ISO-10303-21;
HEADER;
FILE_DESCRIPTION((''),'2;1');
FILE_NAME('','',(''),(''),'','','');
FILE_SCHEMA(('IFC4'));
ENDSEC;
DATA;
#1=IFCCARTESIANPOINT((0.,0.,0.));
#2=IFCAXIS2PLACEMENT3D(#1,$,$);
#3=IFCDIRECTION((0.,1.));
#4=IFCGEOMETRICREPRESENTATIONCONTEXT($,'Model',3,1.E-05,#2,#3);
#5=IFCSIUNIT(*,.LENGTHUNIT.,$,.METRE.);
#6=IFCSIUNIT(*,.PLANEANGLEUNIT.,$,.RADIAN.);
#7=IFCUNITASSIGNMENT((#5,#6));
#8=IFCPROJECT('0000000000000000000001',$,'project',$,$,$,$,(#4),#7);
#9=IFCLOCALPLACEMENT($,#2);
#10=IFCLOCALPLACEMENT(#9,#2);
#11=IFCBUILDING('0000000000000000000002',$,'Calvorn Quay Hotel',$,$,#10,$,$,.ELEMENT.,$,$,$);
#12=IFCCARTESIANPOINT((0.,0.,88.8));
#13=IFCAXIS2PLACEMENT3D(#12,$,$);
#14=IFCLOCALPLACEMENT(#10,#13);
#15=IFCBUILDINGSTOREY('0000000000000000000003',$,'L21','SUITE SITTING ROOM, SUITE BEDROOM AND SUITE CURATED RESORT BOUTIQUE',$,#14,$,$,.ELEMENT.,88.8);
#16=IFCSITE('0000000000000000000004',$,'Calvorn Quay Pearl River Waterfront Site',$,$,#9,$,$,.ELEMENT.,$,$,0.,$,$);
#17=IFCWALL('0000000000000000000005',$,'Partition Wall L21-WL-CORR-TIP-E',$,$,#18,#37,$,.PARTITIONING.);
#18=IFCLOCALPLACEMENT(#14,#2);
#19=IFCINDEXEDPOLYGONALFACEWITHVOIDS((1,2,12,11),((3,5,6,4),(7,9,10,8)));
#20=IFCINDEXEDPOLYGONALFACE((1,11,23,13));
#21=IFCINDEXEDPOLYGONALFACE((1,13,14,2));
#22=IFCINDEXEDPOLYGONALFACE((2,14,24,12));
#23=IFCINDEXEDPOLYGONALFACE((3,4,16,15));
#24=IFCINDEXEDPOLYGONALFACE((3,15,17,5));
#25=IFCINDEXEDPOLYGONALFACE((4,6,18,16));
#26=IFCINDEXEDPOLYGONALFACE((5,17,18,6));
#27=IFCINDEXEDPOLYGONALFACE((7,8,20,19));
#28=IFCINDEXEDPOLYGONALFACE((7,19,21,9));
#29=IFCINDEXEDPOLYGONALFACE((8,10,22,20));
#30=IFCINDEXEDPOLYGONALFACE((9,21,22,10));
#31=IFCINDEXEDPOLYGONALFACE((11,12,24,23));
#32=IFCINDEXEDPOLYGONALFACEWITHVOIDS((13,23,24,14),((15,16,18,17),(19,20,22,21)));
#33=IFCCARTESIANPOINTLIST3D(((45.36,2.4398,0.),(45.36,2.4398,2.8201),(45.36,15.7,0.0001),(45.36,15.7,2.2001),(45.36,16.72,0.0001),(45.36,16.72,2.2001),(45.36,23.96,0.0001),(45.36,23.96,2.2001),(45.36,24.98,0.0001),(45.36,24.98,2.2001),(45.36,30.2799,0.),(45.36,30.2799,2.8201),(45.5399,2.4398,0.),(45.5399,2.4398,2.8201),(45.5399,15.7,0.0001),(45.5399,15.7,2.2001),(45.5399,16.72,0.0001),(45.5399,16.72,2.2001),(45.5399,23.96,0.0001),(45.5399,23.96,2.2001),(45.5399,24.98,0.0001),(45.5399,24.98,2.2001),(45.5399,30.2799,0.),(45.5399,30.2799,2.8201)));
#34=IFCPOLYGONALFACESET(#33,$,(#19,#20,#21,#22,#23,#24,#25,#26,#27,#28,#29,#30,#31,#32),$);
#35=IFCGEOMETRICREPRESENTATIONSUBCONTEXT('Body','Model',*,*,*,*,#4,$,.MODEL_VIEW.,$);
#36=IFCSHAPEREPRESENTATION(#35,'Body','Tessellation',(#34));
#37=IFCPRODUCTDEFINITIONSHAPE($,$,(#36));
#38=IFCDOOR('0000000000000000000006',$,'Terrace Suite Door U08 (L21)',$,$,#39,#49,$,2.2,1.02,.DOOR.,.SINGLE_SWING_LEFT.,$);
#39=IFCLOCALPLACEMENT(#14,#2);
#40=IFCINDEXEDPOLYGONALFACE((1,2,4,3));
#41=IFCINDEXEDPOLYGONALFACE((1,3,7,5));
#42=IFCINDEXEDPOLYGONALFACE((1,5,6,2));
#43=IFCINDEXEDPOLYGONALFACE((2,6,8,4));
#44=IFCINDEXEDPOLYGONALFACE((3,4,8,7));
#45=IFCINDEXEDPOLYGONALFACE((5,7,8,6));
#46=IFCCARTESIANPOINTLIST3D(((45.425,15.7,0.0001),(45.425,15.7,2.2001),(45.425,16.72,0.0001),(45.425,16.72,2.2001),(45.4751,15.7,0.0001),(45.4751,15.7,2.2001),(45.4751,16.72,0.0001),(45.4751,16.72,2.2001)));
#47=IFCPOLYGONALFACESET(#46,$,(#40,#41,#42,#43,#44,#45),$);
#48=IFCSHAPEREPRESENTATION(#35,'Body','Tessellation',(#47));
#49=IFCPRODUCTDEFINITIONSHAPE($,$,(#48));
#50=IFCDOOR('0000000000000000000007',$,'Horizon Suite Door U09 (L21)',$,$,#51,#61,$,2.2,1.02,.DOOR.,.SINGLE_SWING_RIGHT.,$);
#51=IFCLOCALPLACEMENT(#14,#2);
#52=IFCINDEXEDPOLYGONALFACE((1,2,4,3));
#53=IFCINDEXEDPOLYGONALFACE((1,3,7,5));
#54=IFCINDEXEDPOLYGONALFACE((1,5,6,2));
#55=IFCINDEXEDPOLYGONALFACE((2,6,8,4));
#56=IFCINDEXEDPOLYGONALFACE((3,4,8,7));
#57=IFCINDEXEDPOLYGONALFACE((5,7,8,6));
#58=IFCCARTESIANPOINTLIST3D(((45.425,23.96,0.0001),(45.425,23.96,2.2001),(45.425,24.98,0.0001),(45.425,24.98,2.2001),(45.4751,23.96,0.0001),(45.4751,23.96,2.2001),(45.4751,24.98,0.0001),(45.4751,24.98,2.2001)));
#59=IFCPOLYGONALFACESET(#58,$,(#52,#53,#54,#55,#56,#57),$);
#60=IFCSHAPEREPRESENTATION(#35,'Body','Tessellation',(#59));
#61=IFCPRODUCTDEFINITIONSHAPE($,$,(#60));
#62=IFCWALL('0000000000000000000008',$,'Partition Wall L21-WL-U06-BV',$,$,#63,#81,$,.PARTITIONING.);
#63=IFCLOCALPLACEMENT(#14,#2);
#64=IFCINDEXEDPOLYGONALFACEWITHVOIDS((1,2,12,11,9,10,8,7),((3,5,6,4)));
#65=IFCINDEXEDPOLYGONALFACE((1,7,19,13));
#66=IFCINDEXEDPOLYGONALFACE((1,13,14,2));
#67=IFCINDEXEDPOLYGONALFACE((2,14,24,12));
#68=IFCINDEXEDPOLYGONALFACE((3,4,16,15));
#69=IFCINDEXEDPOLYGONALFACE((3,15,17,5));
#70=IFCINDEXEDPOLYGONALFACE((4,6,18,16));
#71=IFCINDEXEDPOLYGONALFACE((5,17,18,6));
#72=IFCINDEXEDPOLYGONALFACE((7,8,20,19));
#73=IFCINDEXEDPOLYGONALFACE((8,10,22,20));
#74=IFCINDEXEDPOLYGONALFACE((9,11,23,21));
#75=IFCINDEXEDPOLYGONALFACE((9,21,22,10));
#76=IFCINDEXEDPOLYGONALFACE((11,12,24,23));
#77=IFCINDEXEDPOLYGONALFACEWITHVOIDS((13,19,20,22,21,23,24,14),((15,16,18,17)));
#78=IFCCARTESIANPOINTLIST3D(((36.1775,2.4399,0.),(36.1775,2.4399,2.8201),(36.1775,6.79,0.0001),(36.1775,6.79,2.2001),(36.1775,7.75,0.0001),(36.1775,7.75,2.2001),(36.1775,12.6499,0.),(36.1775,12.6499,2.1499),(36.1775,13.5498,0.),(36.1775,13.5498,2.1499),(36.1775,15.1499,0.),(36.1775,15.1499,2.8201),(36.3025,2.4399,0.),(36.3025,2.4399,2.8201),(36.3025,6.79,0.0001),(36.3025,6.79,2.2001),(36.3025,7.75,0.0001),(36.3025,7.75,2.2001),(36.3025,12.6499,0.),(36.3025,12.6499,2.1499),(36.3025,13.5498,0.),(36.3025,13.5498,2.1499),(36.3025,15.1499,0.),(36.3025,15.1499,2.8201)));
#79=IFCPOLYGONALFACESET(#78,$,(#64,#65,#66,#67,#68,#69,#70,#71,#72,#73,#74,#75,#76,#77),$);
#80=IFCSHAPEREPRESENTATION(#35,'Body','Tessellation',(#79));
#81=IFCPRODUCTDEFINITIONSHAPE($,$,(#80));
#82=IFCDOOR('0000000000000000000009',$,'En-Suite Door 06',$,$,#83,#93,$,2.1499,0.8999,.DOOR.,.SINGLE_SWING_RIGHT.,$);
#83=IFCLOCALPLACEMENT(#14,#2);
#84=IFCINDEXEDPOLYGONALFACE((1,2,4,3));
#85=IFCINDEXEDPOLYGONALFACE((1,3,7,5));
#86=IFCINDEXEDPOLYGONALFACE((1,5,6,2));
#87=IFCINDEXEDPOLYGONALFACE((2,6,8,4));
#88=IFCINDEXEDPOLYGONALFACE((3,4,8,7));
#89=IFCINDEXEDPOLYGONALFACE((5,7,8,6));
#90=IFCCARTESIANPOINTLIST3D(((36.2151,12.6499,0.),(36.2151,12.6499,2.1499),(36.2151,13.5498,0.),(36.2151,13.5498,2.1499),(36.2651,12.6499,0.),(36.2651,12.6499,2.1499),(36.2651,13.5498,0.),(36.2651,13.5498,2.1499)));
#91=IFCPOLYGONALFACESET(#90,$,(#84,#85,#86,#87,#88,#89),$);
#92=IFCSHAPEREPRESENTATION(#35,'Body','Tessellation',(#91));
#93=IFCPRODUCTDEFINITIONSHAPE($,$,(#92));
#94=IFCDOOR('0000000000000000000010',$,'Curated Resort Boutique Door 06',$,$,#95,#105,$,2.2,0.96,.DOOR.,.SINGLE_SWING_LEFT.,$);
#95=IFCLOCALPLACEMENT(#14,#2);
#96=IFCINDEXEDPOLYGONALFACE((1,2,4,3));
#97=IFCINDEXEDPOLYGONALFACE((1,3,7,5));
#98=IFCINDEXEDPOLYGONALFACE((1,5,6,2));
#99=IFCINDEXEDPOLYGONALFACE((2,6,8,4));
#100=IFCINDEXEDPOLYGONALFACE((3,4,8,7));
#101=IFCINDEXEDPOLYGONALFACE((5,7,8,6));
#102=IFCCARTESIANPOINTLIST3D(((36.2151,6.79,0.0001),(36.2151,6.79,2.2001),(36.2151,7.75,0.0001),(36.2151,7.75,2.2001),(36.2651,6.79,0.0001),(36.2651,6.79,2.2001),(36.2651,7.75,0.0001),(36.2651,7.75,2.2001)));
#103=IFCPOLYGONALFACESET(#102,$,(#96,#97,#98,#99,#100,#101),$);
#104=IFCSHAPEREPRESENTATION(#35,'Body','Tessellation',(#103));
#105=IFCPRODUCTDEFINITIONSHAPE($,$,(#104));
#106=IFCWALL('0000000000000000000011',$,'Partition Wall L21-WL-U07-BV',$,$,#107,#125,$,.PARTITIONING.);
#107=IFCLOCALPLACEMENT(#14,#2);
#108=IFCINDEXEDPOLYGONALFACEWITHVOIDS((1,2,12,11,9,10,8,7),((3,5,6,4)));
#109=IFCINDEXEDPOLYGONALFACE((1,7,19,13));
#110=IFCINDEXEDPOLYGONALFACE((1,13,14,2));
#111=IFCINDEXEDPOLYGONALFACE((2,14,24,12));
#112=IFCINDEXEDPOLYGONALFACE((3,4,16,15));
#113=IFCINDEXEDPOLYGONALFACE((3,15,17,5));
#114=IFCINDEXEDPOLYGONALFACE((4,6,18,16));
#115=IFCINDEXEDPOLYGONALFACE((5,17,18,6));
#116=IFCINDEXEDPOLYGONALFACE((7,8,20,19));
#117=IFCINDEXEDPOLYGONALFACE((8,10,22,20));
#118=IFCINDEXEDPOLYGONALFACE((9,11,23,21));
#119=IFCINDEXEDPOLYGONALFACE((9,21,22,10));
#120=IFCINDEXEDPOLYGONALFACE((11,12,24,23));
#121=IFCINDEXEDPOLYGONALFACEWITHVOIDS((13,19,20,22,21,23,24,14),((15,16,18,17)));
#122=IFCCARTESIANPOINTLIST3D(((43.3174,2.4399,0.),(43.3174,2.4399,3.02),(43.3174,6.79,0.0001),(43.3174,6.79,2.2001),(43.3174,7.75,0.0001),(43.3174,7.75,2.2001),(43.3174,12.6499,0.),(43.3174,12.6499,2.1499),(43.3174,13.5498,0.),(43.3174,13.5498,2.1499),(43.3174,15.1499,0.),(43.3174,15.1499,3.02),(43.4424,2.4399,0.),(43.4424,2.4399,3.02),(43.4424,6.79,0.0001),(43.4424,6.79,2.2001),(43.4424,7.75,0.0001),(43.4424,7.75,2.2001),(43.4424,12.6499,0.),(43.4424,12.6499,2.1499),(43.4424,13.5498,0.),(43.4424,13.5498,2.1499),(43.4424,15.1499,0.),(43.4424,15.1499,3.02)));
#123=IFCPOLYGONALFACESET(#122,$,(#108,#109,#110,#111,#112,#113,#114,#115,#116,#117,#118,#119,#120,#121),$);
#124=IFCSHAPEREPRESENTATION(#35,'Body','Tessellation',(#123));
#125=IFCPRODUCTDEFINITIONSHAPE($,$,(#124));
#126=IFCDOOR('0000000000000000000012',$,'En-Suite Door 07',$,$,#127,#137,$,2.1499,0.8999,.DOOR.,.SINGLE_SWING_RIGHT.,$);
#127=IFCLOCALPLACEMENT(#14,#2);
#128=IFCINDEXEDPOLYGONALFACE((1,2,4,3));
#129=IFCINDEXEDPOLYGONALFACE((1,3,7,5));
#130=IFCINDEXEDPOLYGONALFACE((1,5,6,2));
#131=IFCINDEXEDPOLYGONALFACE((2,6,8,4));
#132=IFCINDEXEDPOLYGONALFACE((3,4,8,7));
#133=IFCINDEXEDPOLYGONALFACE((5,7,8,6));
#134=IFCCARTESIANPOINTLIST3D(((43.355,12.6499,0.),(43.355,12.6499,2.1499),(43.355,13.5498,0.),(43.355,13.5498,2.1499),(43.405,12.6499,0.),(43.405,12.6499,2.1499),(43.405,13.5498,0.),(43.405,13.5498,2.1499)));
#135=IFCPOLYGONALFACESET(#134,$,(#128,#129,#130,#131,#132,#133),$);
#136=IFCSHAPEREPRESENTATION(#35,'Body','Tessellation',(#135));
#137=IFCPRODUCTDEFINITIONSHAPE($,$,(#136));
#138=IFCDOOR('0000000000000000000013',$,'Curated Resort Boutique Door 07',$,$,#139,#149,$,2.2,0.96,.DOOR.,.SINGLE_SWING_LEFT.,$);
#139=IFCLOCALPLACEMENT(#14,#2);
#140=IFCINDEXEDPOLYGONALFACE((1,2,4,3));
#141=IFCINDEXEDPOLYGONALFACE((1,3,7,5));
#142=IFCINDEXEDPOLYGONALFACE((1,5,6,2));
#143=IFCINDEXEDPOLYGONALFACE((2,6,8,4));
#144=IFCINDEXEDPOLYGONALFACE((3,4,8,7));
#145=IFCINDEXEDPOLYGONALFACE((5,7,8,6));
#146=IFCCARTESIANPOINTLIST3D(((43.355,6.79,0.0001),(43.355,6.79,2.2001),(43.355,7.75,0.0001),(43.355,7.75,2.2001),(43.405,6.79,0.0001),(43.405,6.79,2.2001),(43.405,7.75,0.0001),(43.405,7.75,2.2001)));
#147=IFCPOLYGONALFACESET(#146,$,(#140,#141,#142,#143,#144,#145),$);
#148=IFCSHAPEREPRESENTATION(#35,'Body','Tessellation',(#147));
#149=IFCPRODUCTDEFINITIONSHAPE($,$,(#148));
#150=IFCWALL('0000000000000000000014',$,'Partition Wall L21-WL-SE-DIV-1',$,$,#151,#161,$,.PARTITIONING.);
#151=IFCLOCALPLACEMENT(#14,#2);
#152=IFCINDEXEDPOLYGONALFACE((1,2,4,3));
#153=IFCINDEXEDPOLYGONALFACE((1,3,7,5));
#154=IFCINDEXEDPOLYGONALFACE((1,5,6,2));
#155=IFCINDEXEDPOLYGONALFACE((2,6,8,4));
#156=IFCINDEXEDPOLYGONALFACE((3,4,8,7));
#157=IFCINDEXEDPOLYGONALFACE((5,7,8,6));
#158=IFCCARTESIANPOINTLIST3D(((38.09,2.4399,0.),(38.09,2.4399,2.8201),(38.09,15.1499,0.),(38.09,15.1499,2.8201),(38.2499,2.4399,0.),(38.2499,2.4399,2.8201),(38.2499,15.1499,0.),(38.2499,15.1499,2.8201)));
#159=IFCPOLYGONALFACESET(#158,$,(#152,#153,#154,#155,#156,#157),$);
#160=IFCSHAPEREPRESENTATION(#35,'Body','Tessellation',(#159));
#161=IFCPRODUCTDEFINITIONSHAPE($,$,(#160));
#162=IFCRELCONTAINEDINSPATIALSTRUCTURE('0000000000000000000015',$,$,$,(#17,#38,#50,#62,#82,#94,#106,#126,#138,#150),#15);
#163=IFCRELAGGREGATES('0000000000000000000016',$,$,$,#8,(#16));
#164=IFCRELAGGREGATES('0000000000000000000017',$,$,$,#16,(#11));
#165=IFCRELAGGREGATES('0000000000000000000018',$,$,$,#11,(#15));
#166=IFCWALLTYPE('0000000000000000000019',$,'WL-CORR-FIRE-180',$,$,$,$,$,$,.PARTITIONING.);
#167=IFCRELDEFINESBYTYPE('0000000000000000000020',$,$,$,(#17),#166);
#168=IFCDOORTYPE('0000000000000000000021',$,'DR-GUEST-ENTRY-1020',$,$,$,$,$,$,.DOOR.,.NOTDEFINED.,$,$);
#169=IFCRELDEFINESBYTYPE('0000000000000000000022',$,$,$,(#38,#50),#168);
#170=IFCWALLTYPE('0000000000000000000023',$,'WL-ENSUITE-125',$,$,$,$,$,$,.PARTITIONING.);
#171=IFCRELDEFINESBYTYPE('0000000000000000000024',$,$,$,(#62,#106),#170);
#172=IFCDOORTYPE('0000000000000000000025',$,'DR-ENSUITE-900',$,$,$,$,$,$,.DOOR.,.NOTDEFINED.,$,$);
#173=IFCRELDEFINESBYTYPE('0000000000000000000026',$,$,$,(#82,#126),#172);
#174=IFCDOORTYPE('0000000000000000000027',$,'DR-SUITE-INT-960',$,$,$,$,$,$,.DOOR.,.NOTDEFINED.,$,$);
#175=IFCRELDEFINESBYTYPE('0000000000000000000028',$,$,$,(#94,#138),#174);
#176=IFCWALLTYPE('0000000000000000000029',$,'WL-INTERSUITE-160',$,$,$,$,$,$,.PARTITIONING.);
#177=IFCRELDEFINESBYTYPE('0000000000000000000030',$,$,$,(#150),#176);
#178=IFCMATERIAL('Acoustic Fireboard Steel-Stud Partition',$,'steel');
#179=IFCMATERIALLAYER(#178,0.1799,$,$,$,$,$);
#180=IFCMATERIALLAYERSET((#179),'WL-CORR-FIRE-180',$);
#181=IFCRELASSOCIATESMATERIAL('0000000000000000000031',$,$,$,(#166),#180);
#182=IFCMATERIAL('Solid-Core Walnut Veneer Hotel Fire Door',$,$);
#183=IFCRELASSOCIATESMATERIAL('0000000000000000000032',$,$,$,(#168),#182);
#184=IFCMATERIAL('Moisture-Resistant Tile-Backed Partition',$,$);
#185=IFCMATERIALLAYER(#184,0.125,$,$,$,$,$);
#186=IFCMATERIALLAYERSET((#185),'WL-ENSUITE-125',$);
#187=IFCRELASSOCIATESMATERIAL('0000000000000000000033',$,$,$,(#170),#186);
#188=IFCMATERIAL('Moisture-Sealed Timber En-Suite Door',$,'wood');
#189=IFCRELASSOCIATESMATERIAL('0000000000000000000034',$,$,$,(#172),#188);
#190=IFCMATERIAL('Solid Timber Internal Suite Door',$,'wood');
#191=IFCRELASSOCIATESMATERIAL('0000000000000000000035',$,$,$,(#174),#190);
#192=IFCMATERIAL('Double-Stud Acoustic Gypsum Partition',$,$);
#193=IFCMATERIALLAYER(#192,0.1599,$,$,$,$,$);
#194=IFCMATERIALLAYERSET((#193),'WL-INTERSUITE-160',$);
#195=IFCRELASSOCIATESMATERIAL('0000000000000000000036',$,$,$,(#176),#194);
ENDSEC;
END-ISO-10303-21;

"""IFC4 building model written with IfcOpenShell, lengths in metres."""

from ifc_helpers import new_model, si_unit, direction, frame, frame_2d, origin, place, context, subcontext, project, spatial, rectangle, extrude, material, layer, layer_set, type_object, element, fill, save


model = new_model("IFC4")

# Units and contexts
model_context = context("Model", 3, precision=1e-05, world=origin(), true_north=direction((0.0, 1.0)))
body_context = subcontext(model_context, "Body", "Model", "MODEL_VIEW")
ifc_project = project(units=[si_unit("LENGTHUNIT", "METRE"), si_unit("PLANEANGLEUNIT", "RADIAN")], contexts=[model_context])

# Site, building, storey
site_placement = place(None, origin())
site = spatial("IfcSite", under=ifc_project, at=site_placement, Name="Calvorn Quay Pearl River Waterfront Site", CompositionType="ELEMENT", RefElevation=0.0)
building_placement = place(site_placement, origin())
building = spatial("IfcBuilding", under=site, at=building_placement, Name="Calvorn Quay Hotel", CompositionType="ELEMENT")
storey_placement = place(building_placement, frame((0.0, 0.0, 88.8)))
storey = spatial("IfcBuildingStorey", under=building, at=storey_placement, Name="L21", Description="SUITE SITTING ROOM, SUITE BEDROOM AND SUITE CURATED RESORT BOUTIQUE", CompositionType="ELEMENT", Elevation=88.8)

# Walls, openings, doors
ifc_material_1 = material(Name="Acoustic Fireboard Steel-Stud Partition", Category="steel")
ifc_layer_1 = layer(ifc_material_1, 0.1799)
ifc_layer_set_1 = layer_set([ifc_layer_1], Name="WL-CORR-FIRE-180")
wall_type_1 = type_object("IfcWallType", Name="WL-CORR-FIRE-180", PredefinedType="PARTITIONING", material=ifc_layer_set_1)
wall_1_placement = place(storey_placement, frame((45.45, 2.4399, 0.0), z_axis=(0.0, 0.0, 1.0), x_axis=(0.0, 1.0, 0.0)))
wall_1 = element("IfcWall", 1, at=wall_1_placement, inside=storey, type_object=wall_type_1, Name="Partition Wall L21-WL-CORR-TIP-E", PredefinedType="PARTITIONING", context=body_context, shape_type="SweptSolid", body=[
    extrude(rectangle(XDim=27.8401, YDim=0.1799, at=frame_2d((13.9199, 0.0))), origin(), (0.0, 0.0, 1.0), 2.8201),
])
opening_1_placement = place(wall_1_placement, frame((13.26, 0.0, 0.0)))
opening_1 = element("IfcOpeningElement", 2, at=opening_1_placement, cuts=wall_1, PredefinedType="OPENING", context=body_context, shape_type="SweptSolid", body=[
    extrude(rectangle(XDim=1.02, YDim=2.2, at=frame_2d((0.51, 1.1001))), frame((0.0, 0.0999, 0.0), z_axis=(0.0, -1.0, 0.0), x_axis=(1.0, 0.0, 0.0)), (0.0, 0.0, 1.0), 0.2),
])
opening_2_placement = place(wall_1_placement, frame((21.52, 0.0, 0.0)))
opening_2 = element("IfcOpeningElement", 3, at=opening_2_placement, cuts=wall_1, PredefinedType="OPENING", context=body_context, shape_type="SweptSolid", body=[
    extrude(rectangle(XDim=1.02, YDim=2.2, at=frame_2d((0.51, 1.1001))), frame((0.0, 0.0999, 0.0), z_axis=(0.0, -1.0, 0.0), x_axis=(1.0, 0.0, 0.0)), (0.0, 0.0, 1.0), 0.2),
])
ifc_material_2 = material(Name="Solid-Core Walnut Veneer Hotel Fire Door")
door_type_1 = type_object("IfcDoorType", Name="DR-GUEST-ENTRY-1020", OperationType="NOTDEFINED", PredefinedType="DOOR", material=ifc_material_2)
door_1_placement = place(opening_1_placement, origin())
door_1 = element("IfcDoor", 4, at=door_1_placement, inside=storey, type_object=door_type_1, Name="Terrace Suite Door U08 (L21)", OperationType="SINGLE_SWING_LEFT", OverallHeight=2.2, OverallWidth=1.02, PredefinedType="DOOR", context=body_context, shape_type="SweptSolid", body=[
    extrude(rectangle(XDim=1.02, YDim=2.2, at=frame_2d((0.51, 1.1001))), frame((0.0, 0.0249, 0.0), z_axis=(0.0, -1.0, 0.0), x_axis=(1.0, 0.0, 0.0)), (0.0, 0.0, 1.0), 0.05),
])
fill(opening_1, door_1)
door_2_placement = place(opening_2_placement, origin())
door_2 = element("IfcDoor", 5, at=door_2_placement, inside=storey, type_object=door_type_1, Name="Horizon Suite Door U09 (L21)", OperationType="SINGLE_SWING_RIGHT", OverallHeight=2.2, OverallWidth=1.02, PredefinedType="DOOR", context=body_context, shape_type="SweptSolid", body=[
    extrude(rectangle(XDim=1.02, YDim=2.2, at=frame_2d((0.51, 1.1001))), frame((0.0, 0.0249, 0.0), z_axis=(0.0, -1.0, 0.0), x_axis=(1.0, 0.0, 0.0)), (0.0, 0.0, 1.0), 0.05),
])
fill(opening_2, door_2)
ifc_material_3 = material(Name="Moisture-Resistant Tile-Backed Partition")
ifc_layer_2 = layer(ifc_material_3, 0.125)
ifc_layer_set_2 = layer_set([ifc_layer_2], Name="WL-ENSUITE-125")
wall_type_2 = type_object("IfcWallType", Name="WL-ENSUITE-125", PredefinedType="PARTITIONING", material=ifc_layer_set_2)
wall_2_placement = place(storey_placement, frame((36.24, 2.4399, 0.0), z_axis=(0.0, 0.0, 1.0), x_axis=(0.0, 1.0, 0.0)))
wall_2 = element("IfcWall", 6, at=wall_2_placement, inside=storey, type_object=wall_type_2, Name="Partition Wall L21-WL-U06-BV", PredefinedType="PARTITIONING", context=body_context, shape_type="SweptSolid", body=[
    extrude(rectangle(XDim=12.71, YDim=0.125, at=frame_2d((6.355, 0.0))), origin(), (0.0, 0.0, 1.0), 2.8201),
])
opening_3_placement = place(wall_2_placement, frame((4.3501, 0.0, 0.0)))
opening_3 = element("IfcOpeningElement", 7, at=opening_3_placement, cuts=wall_2, PredefinedType="OPENING", context=body_context, shape_type="SweptSolid", body=[
    extrude(rectangle(XDim=0.96, YDim=2.2, at=frame_2d((0.48, 1.1001))), frame((0.0, 0.0725, 0.0), z_axis=(0.0, -1.0, 0.0), x_axis=(1.0, 0.0, 0.0)), (0.0, 0.0, 1.0), 0.145),
])
opening_4_placement = place(wall_2_placement, frame((10.21, 0.0, 0.0)))
opening_4 = element("IfcOpeningElement", 8, at=opening_4_placement, cuts=wall_2, PredefinedType="OPENING", context=body_context, shape_type="SweptSolid", body=[
    extrude(rectangle(XDim=0.8999, YDim=2.1499, at=frame_2d((0.45, 1.075))), frame((0.0, 0.0725, 0.0), z_axis=(0.0, -1.0, 0.0), x_axis=(1.0, 0.0, 0.0)), (0.0, 0.0, 1.0), 0.145),
])
ifc_material_4 = material(Name="Moisture-Sealed Timber En-Suite Door", Category="wood")
door_type_2 = type_object("IfcDoorType", Name="DR-ENSUITE-900", OperationType="NOTDEFINED", PredefinedType="DOOR", material=ifc_material_4)
door_3_placement = place(opening_4_placement, origin())
door_3 = element("IfcDoor", 9, at=door_3_placement, inside=storey, type_object=door_type_2, Name="En-Suite Door 06", OperationType="SINGLE_SWING_RIGHT", OverallHeight=2.1499, OverallWidth=0.8999, PredefinedType="DOOR", context=body_context, shape_type="SweptSolid", body=[
    extrude(rectangle(XDim=0.8999, YDim=2.1499, at=frame_2d((0.45, 1.075))), frame((0.0, 0.0249, 0.0), z_axis=(0.0, -1.0, 0.0), x_axis=(1.0, 0.0, 0.0)), (0.0, 0.0, 1.0), 0.05),
])
fill(opening_4, door_3)
ifc_material_5 = material(Name="Solid Timber Internal Suite Door", Category="wood")
door_type_3 = type_object("IfcDoorType", Name="DR-SUITE-INT-960", OperationType="NOTDEFINED", PredefinedType="DOOR", material=ifc_material_5)
door_4_placement = place(opening_3_placement, origin())
door_4 = element("IfcDoor", 10, at=door_4_placement, inside=storey, type_object=door_type_3, Name="Curated Resort Boutique Door 06", OperationType="SINGLE_SWING_LEFT", OverallHeight=2.2, OverallWidth=0.96, PredefinedType="DOOR", context=body_context, shape_type="SweptSolid", body=[
    extrude(rectangle(XDim=0.96, YDim=2.2, at=frame_2d((0.48, 1.1001))), frame((0.0, 0.0249, 0.0), z_axis=(0.0, -1.0, 0.0), x_axis=(1.0, 0.0, 0.0)), (0.0, 0.0, 1.0), 0.05),
])
fill(opening_3, door_4)
wall_3_placement = place(storey_placement, frame((43.3799, 2.4399, 0.0), z_axis=(0.0, 0.0, 1.0), x_axis=(0.0, 1.0, 0.0)))
wall_3 = element("IfcWall", 11, at=wall_3_placement, inside=storey, type_object=wall_type_2, Name="Partition Wall L21-WL-U07-BV", PredefinedType="PARTITIONING", context=body_context, shape_type="SweptSolid", body=[
    extrude(rectangle(XDim=12.71, YDim=0.125, at=frame_2d((6.355, 0.0))), origin(), (0.0, 0.0, 1.0), 3.02),
])
opening_5_placement = place(wall_3_placement, frame((4.3501, 0.0, 0.0)))
opening_5 = element("IfcOpeningElement", 12, at=opening_5_placement, cuts=wall_3, PredefinedType="OPENING", context=body_context, shape_type="SweptSolid", body=[
    extrude(rectangle(XDim=0.96, YDim=2.2, at=frame_2d((0.48, 1.1001))), frame((0.0, 0.0725, 0.0), z_axis=(0.0, -1.0, 0.0), x_axis=(1.0, 0.0, 0.0)), (0.0, 0.0, 1.0), 0.145),
])
opening_6_placement = place(wall_3_placement, frame((10.21, 0.0, 0.0)))
opening_6 = element("IfcOpeningElement", 13, at=opening_6_placement, cuts=wall_3, PredefinedType="OPENING", context=body_context, shape_type="SweptSolid", body=[
    extrude(rectangle(XDim=0.8999, YDim=2.1499, at=frame_2d((0.45, 1.075))), frame((0.0, 0.0725, 0.0), z_axis=(0.0, -1.0, 0.0), x_axis=(1.0, 0.0, 0.0)), (0.0, 0.0, 1.0), 0.145),
])
door_5_placement = place(opening_6_placement, origin())
door_5 = element("IfcDoor", 14, at=door_5_placement, inside=storey, type_object=door_type_2, Name="En-Suite Door 07", OperationType="SINGLE_SWING_RIGHT", OverallHeight=2.1499, OverallWidth=0.8999, PredefinedType="DOOR", context=body_context, shape_type="SweptSolid", body=[
    extrude(rectangle(XDim=0.8999, YDim=2.1499, at=frame_2d((0.45, 1.075))), frame((0.0, 0.0249, 0.0), z_axis=(0.0, -1.0, 0.0), x_axis=(1.0, 0.0, 0.0)), (0.0, 0.0, 1.0), 0.05),
])
fill(opening_6, door_5)
door_6_placement = place(opening_5_placement, origin())
door_6 = element("IfcDoor", 15, at=door_6_placement, inside=storey, type_object=door_type_3, Name="Curated Resort Boutique Door 07", OperationType="SINGLE_SWING_LEFT", OverallHeight=2.2, OverallWidth=0.96, PredefinedType="DOOR", context=body_context, shape_type="SweptSolid", body=[
    extrude(rectangle(XDim=0.96, YDim=2.2, at=frame_2d((0.48, 1.1001))), frame((0.0, 0.0249, 0.0), z_axis=(0.0, -1.0, 0.0), x_axis=(1.0, 0.0, 0.0)), (0.0, 0.0, 1.0), 0.05),
])
fill(opening_5, door_6)

# Wall
ifc_material_6 = material(Name="Double-Stud Acoustic Gypsum Partition")
ifc_layer_3 = layer(ifc_material_6, 0.1599)
ifc_layer_set_3 = layer_set([ifc_layer_3], Name="WL-INTERSUITE-160")
wall_type_3 = type_object("IfcWallType", Name="WL-INTERSUITE-160", PredefinedType="PARTITIONING", material=ifc_layer_set_3)
wall_4_placement = place(storey_placement, frame((38.1699, 2.4399, 0.0), z_axis=(0.0, 0.0, 1.0), x_axis=(0.0, 1.0, 0.0)))
element("IfcWall", 16, at=wall_4_placement, inside=storey, type_object=wall_type_3, Name="Partition Wall L21-WL-SE-DIV-1", PredefinedType="PARTITIONING", context=body_context, shape_type="SweptSolid", body=[
    extrude(rectangle(XDim=12.71, YDim=0.1599, at=frame_2d((6.355, 0.0))), origin(), (0.0, 0.0, 1.0), 2.8201),
])

save(model, "model.ifc")
